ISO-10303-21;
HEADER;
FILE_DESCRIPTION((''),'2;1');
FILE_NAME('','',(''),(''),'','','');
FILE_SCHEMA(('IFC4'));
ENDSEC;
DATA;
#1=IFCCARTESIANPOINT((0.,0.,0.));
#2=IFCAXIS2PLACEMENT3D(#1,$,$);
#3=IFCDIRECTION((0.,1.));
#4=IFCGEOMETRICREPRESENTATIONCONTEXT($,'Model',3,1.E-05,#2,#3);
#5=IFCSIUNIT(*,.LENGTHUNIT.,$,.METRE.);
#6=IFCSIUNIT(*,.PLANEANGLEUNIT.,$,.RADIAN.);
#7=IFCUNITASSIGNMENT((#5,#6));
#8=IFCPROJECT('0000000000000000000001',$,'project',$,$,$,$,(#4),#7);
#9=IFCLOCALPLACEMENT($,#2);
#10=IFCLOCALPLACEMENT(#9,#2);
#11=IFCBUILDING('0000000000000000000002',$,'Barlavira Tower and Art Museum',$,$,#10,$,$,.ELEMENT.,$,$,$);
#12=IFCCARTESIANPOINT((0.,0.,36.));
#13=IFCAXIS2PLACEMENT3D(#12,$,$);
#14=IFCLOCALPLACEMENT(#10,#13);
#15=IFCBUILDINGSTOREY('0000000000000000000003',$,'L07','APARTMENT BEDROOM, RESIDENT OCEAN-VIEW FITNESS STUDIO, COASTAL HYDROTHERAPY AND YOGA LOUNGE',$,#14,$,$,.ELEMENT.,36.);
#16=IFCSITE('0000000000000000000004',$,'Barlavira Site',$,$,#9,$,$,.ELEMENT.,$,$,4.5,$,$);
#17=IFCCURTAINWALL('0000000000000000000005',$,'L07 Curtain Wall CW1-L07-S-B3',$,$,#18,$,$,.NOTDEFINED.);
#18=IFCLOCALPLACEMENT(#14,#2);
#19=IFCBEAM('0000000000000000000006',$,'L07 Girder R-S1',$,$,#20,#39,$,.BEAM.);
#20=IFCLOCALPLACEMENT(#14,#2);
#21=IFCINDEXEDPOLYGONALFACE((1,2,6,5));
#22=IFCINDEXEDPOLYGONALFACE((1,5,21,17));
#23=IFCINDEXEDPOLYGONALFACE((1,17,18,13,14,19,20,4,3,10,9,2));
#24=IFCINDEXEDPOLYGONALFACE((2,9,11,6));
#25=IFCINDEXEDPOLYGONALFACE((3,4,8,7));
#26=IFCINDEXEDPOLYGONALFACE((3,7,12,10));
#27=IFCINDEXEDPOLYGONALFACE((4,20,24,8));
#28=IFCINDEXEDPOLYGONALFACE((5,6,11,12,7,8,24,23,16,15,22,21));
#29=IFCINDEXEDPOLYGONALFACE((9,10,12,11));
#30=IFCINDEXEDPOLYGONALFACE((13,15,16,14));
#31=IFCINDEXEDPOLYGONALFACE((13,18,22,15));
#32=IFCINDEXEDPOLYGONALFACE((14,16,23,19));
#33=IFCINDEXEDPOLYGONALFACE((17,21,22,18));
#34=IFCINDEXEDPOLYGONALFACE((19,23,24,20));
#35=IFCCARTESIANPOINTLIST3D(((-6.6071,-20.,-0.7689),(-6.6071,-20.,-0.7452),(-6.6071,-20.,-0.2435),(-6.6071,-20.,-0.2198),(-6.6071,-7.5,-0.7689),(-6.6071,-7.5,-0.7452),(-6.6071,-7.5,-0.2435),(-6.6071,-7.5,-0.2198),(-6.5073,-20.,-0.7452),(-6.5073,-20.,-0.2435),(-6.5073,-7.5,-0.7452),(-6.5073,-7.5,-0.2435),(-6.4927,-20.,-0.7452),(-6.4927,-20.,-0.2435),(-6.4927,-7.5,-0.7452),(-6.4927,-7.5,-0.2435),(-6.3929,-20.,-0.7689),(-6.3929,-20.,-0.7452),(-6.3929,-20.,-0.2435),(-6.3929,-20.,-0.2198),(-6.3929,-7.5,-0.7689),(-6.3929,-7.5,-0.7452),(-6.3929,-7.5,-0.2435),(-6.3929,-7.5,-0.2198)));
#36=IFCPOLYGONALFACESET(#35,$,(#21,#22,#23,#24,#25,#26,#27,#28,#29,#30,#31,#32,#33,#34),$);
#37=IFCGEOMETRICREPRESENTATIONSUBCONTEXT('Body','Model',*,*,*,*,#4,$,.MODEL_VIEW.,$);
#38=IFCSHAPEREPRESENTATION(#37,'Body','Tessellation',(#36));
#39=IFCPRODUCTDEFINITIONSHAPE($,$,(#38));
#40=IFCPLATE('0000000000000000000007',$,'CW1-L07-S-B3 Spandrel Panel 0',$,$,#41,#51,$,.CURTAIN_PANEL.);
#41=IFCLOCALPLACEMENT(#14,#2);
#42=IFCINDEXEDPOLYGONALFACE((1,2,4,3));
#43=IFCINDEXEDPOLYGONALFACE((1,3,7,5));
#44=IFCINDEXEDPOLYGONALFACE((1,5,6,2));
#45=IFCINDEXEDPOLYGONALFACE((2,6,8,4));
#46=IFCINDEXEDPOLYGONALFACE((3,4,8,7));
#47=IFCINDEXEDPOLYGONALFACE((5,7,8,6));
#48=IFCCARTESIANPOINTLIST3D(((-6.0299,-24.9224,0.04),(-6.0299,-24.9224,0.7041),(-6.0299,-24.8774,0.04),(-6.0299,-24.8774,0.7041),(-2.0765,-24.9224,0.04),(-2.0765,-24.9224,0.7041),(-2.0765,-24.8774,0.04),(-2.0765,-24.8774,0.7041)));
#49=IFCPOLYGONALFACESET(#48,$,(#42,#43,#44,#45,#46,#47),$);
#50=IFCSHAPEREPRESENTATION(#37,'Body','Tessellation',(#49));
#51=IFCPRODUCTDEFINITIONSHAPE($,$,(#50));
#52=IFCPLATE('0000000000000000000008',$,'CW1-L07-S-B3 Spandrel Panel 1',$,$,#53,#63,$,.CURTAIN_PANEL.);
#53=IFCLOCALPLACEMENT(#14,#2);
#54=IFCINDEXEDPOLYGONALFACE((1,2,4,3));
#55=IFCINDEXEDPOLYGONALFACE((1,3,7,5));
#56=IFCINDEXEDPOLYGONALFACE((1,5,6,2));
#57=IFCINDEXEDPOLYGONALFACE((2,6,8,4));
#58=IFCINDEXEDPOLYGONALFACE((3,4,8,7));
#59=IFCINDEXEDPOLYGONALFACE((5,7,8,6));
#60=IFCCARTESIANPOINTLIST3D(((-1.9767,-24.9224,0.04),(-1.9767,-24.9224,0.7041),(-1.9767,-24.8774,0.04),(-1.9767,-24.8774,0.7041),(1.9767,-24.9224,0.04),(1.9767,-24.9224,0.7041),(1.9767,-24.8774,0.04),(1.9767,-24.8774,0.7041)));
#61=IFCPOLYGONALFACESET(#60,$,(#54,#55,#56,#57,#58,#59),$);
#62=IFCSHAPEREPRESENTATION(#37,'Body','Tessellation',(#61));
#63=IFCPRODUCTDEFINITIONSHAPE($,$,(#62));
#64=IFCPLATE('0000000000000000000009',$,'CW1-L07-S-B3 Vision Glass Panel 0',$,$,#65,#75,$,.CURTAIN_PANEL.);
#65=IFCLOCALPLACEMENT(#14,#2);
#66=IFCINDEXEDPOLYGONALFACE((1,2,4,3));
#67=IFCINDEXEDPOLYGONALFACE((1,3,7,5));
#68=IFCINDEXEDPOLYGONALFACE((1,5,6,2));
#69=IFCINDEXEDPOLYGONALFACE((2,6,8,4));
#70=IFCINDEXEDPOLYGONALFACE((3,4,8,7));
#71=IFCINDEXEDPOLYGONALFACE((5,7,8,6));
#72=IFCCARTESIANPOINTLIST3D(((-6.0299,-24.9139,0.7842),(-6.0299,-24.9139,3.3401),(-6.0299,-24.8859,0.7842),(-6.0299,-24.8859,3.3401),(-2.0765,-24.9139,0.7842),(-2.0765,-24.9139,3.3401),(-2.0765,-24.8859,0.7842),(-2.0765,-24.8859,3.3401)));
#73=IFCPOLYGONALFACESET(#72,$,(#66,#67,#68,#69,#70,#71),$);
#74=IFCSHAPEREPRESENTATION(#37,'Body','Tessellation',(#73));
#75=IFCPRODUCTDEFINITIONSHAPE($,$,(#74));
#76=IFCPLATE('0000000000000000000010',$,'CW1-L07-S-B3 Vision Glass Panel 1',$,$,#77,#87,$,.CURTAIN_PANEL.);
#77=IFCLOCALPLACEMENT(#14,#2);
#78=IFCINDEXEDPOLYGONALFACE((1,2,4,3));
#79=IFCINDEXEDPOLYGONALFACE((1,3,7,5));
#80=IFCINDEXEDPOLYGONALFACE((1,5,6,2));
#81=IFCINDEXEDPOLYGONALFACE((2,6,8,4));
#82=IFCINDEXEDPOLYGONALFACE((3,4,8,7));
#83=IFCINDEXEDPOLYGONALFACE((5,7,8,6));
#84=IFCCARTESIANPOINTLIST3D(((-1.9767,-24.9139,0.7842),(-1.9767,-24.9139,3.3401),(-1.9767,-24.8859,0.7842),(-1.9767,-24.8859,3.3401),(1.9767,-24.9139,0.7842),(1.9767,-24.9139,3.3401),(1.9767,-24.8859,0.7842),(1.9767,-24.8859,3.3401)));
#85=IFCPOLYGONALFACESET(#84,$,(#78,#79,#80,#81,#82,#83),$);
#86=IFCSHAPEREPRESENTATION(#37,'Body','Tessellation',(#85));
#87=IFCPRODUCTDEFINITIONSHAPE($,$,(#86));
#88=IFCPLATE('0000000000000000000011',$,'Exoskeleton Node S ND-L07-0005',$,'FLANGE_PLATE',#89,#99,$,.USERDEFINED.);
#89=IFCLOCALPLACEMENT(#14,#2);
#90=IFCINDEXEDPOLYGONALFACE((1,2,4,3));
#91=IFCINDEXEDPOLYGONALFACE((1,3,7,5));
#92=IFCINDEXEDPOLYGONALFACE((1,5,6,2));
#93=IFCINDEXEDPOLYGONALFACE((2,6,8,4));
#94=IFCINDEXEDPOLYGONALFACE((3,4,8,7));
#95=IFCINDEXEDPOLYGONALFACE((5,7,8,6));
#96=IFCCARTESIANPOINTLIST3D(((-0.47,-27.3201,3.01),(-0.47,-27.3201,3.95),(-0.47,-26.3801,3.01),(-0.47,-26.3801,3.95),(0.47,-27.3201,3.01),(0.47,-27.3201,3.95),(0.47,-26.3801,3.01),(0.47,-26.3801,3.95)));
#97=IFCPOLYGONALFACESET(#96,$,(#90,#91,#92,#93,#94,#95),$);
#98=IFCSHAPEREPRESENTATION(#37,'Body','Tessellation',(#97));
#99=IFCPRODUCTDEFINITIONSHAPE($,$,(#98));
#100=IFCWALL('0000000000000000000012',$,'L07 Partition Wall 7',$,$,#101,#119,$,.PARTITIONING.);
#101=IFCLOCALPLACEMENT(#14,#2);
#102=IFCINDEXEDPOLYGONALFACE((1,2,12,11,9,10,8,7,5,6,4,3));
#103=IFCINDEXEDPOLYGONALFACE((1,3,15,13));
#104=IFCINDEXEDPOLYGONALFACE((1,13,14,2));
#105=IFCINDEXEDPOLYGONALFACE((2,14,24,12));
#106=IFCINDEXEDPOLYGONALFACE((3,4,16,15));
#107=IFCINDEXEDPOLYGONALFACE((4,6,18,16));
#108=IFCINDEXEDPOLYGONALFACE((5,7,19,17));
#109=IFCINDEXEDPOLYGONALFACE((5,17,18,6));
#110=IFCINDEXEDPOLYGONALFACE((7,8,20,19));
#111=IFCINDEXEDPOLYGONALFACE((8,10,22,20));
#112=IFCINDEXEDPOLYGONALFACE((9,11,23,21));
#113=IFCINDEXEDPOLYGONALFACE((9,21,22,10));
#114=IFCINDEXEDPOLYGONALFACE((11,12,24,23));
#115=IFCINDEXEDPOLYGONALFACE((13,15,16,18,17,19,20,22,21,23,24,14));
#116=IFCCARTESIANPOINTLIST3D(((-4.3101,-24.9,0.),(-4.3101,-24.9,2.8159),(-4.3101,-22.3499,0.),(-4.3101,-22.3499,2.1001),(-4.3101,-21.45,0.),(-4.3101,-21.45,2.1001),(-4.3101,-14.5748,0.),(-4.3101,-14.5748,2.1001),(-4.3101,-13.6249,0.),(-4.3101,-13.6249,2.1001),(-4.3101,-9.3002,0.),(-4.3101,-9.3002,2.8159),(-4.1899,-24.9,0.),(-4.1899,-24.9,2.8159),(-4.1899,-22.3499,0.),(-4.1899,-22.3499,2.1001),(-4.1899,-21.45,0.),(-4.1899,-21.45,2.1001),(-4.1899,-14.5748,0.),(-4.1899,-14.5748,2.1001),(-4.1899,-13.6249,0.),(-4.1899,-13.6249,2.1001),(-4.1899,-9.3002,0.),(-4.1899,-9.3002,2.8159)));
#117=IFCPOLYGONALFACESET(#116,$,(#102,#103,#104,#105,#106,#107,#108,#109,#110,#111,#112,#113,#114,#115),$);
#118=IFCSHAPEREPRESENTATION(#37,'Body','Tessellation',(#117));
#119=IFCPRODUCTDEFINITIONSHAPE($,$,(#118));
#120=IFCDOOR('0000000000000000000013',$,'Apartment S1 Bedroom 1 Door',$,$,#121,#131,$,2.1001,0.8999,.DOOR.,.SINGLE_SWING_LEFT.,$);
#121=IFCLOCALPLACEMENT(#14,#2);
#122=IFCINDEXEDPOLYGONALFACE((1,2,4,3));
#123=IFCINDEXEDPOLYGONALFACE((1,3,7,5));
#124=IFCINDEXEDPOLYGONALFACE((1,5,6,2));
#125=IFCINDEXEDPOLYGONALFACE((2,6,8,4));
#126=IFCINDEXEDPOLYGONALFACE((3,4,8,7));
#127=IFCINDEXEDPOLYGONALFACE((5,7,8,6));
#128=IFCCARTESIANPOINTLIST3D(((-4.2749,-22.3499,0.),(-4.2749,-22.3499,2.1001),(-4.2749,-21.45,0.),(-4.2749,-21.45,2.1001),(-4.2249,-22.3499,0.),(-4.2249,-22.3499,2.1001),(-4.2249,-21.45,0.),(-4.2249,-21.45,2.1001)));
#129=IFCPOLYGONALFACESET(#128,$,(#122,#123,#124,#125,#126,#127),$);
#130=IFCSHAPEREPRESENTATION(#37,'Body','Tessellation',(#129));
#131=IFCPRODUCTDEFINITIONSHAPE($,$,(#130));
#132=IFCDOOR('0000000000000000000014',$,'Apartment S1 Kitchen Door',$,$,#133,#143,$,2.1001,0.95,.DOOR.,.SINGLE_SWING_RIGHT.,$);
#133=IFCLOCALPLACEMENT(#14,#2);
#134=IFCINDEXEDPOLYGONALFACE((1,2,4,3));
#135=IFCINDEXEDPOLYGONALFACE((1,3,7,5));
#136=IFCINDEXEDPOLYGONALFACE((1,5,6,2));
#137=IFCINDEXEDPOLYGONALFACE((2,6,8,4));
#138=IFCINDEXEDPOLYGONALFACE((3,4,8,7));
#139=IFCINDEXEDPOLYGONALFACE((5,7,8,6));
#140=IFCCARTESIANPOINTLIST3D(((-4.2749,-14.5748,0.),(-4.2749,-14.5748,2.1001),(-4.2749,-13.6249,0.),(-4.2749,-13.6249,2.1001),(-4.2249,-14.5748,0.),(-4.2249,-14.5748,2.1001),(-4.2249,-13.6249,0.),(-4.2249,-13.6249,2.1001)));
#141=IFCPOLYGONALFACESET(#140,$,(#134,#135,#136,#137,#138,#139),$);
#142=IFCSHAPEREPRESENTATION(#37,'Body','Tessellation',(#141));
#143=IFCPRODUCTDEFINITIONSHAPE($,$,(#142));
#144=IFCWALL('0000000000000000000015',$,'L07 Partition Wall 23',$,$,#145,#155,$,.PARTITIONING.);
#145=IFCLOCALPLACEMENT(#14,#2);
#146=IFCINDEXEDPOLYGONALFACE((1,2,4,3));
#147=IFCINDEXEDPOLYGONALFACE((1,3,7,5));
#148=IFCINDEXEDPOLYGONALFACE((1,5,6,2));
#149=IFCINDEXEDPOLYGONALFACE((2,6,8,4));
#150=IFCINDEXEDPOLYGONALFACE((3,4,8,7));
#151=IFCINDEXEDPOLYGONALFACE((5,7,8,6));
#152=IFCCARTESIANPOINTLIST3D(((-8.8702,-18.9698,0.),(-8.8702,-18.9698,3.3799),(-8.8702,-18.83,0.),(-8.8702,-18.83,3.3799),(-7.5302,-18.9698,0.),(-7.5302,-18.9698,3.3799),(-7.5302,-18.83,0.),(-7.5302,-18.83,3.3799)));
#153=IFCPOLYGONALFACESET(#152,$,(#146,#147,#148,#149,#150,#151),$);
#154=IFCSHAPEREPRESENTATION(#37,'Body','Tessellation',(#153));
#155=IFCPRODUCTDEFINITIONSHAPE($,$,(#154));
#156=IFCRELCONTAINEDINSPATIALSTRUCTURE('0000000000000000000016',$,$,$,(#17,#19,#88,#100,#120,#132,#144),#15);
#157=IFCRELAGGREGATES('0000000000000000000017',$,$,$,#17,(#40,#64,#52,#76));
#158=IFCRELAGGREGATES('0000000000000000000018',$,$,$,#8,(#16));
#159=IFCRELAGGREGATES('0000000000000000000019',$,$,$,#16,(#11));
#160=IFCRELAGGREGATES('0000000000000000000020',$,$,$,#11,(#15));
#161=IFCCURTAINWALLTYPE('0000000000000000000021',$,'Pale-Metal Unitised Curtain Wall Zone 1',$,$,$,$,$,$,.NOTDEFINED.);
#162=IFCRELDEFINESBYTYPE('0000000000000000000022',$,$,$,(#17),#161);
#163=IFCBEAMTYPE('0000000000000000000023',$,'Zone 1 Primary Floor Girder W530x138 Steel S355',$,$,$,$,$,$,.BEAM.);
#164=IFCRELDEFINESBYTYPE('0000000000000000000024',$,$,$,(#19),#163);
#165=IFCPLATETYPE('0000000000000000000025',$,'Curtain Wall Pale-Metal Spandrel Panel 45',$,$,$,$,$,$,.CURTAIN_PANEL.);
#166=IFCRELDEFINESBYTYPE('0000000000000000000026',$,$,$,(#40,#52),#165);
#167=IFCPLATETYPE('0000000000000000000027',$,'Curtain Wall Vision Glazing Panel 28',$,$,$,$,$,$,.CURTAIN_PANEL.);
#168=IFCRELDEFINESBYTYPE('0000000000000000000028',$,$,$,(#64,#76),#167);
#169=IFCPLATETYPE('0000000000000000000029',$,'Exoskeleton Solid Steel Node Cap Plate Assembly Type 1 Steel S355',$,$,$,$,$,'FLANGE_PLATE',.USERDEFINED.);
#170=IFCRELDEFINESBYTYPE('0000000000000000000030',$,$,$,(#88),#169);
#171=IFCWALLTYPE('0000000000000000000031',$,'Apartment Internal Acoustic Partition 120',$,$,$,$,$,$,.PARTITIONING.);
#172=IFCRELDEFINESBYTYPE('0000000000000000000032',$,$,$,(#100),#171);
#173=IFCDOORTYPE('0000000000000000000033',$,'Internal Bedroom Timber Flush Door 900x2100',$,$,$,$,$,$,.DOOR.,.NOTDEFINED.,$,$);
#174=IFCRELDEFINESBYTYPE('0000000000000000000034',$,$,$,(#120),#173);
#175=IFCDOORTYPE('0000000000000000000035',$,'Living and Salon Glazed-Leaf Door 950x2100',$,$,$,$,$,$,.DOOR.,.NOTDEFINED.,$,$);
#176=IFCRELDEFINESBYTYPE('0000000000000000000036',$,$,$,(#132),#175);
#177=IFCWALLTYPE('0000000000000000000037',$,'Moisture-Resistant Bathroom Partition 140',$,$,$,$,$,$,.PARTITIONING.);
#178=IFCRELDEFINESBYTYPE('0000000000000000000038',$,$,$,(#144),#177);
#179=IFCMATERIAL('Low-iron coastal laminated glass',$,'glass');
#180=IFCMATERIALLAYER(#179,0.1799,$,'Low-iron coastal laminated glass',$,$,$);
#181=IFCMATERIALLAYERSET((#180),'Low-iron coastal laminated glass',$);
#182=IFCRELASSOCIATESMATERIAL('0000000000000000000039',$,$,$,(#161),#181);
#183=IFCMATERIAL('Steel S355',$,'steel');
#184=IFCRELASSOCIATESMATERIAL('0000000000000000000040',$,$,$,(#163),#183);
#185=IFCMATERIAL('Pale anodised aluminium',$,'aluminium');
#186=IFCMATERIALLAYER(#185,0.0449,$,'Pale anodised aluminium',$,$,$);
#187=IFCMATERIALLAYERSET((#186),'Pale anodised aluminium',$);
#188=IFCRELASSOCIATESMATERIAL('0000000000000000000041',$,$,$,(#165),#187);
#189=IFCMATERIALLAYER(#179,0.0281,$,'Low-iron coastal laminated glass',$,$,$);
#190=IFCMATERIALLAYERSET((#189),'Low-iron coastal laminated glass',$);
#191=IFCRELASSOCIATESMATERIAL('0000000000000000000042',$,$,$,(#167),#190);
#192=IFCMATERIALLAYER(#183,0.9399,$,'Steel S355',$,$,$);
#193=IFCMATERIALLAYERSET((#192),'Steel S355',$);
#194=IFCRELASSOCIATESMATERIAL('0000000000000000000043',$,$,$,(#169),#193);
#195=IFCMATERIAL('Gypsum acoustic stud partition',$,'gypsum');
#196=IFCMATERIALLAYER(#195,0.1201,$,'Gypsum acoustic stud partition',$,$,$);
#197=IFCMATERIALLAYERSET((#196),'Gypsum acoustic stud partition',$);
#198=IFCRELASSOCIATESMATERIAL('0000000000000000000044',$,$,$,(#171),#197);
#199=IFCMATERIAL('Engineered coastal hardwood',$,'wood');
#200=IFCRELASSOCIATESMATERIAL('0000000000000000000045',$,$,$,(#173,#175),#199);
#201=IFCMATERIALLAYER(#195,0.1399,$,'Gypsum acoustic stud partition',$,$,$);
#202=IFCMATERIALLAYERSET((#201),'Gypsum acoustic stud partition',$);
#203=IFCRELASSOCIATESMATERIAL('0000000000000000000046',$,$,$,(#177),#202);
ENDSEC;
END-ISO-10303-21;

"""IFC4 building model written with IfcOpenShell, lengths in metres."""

from ifc_helpers import new_model, si_unit, direction, frame, frame_2d, origin, origin_2d, place, context, subcontext, project, spatial, rectangle, i_section, extrude, material, layer, layer_set, material_profile, profile_set, type_object, element, fill, aggregate, save


model = new_model("IFC4")

# Units and contexts
model_context = context("Model", 3, precision=1e-05, world=origin(), true_north=direction((0.0, 1.0)))
body_context = subcontext(model_context, "Body", "Model", "MODEL_VIEW")
ifc_project = project(units=[si_unit("LENGTHUNIT", "METRE"), si_unit("PLANEANGLEUNIT", "RADIAN")], contexts=[model_context])

# Site, building, storey
site_placement = place(None, origin())
site = spatial("IfcSite", under=ifc_project, at=site_placement, Name="Barlavira Site", CompositionType="ELEMENT", RefElevation=4.5)
building_placement = place(site_placement, origin())
building = spatial("IfcBuilding", under=site, at=building_placement, Name="Barlavira Tower and Art Museum", CompositionType="ELEMENT")
storey_placement = place(building_placement, frame((0.0, 0.0, 36.0)))
storey = spatial("IfcBuildingStorey", under=building, at=storey_placement, Name="L07", Description="APARTMENT BEDROOM, RESIDENT OCEAN-VIEW FITNESS STUDIO, COASTAL HYDROTHERAPY AND YOGA LOUNGE", CompositionType="ELEMENT", Elevation=36.0)

# Curtain wall
ifc_material_1 = material(Name="Low-iron coastal laminated glass", Category="glass")
ifc_layer_1 = layer(ifc_material_1, 0.1799, Name="Low-iron coastal laminated glass")
ifc_layer_set_1 = layer_set([ifc_layer_1], Name="Low-iron coastal laminated glass")
curtain_wall_type = type_object("IfcCurtainWallType", Name="Pale-Metal Unitised Curtain Wall Zone 1", PredefinedType="NOTDEFINED", material=ifc_layer_set_1)
curtain_wall_placement = place(storey_placement, origin())
curtain_wall = element("IfcCurtainWall", 1, at=curtain_wall_placement, inside=storey, type_object=curtain_wall_type, Name="L07 Curtain Wall CW1-L07-S-B3", PredefinedType="NOTDEFINED")
ifc_material_2 = material(Name="Pale anodised aluminium", Category="aluminium")

# Shared definitions
ifc_material_3 = material(Name="Steel S355", Category="steel")

# Beam
ifc_material_profile_1 = material_profile(ifc_material_3, i_section(OverallWidth=0.2141, OverallDepth=0.5491, WebThickness=0.0146, FlangeThickness=0.0237, at=origin_2d()), Name="W530x138.0")
ifc_profile_set_1 = profile_set([ifc_material_profile_1], Name="Steel S355")
beam_type_1 = type_object("IfcBeamType", Name="Zone 1 Primary Floor Girder W530x138 Steel S355", PredefinedType="BEAM", material=ifc_profile_set_1)
beam_1_placement = place(storey_placement, frame((-6.5, -20.0, -0.4944), z_axis=(0.0, 1.0, 0.0), x_axis=(-1.0, 0.0, 0.0)))
element("IfcBeam", 2, at=beam_1_placement, inside=storey, type_object=beam_type_1, Name="L07 Girder R-S1", PredefinedType="BEAM", context=body_context, shape_type="SweptSolid", body=[
    extrude(i_section(OverallWidth=0.2141, OverallDepth=0.5491, WebThickness=0.0146, FlangeThickness=0.0237, at=origin_2d()), origin(), (0.0, 0.0, 1.0), 12.5),
])

# Plates
ifc_layer_2 = layer(ifc_material_2, 0.0449, Name="Pale anodised aluminium")
ifc_layer_set_2 = layer_set([ifc_layer_2], Name="Pale anodised aluminium")
plate_type_1 = type_object("IfcPlateType", Name="Curtain Wall Pale-Metal Spandrel Panel 45", PredefinedType="CURTAIN_PANEL", material=ifc_layer_set_2)
plate_1_placement = place(storey_placement, frame((-4.0532, -24.8999, 0.04), z_axis=(0.0, 0.0, 1.0), x_axis=(1.0, 0.0, 0.0)))
plate_1 = element("IfcPlate", 3, at=plate_1_placement, type_object=plate_type_1, Name="CW1-L07-S-B3 Spandrel Panel 0", PredefinedType="CURTAIN_PANEL", context=body_context, shape_type="SweptSolid", body=[
    extrude(rectangle(XDim=3.9534, YDim=0.0449, at=origin_2d()), origin(), (0.0, 0.0, 1.0), 0.6641),
])
plate_2_placement = place(storey_placement, frame((0.0, -24.8999, 0.04), z_axis=(0.0, 0.0, 1.0), x_axis=(1.0, 0.0, 0.0)))
plate_2 = element("IfcPlate", 4, at=plate_2_placement, type_object=plate_type_1, Name="CW1-L07-S-B3 Spandrel Panel 1", PredefinedType="CURTAIN_PANEL", context=body_context, shape_type="SweptSolid", body=[
    extrude(rectangle(XDim=3.9534, YDim=0.0449, at=origin_2d()), origin(), (0.0, 0.0, 1.0), 0.6641),
])
ifc_layer_3 = layer(ifc_material_1, 0.0281, Name="Low-iron coastal laminated glass")
ifc_layer_set_3 = layer_set([ifc_layer_3], Name="Low-iron coastal laminated glass")
plate_type_2 = type_object("IfcPlateType", Name="Curtain Wall Vision Glazing Panel 28", PredefinedType="CURTAIN_PANEL", material=ifc_layer_set_3)
plate_3_placement = place(storey_placement, frame((-4.0532, -24.8999, 0.7842), z_axis=(0.0, 0.0, 1.0), x_axis=(1.0, 0.0, 0.0)))
plate_3 = element("IfcPlate", 5, at=plate_3_placement, type_object=plate_type_2, Name="CW1-L07-S-B3 Vision Glass Panel 0", PredefinedType="CURTAIN_PANEL", context=body_context, shape_type="SweptSolid", body=[
    extrude(rectangle(XDim=3.9534, YDim=0.0281, at=origin_2d()), origin(), (0.0, 0.0, 1.0), 2.5559),
])
plate_4_placement = place(storey_placement, frame((0.0, -24.8999, 0.7842), z_axis=(0.0, 0.0, 1.0), x_axis=(1.0, 0.0, 0.0)))
plate_4 = element("IfcPlate", 6, at=plate_4_placement, type_object=plate_type_2, Name="CW1-L07-S-B3 Vision Glass Panel 1", PredefinedType="CURTAIN_PANEL", context=body_context, shape_type="SweptSolid", body=[
    extrude(rectangle(XDim=3.9534, YDim=0.0281, at=origin_2d()), origin(), (0.0, 0.0, 1.0), 2.5559),
])
aggregate(curtain_wall, [plate_1, plate_3, plate_2, plate_4])
ifc_layer_4 = layer(ifc_material_3, 0.9399, Name="Steel S355")
ifc_layer_set_4 = layer_set([ifc_layer_4], Name="Steel S355")
plate_type_3 = type_object("IfcPlateType", Name="Exoskeleton Solid Steel Node Cap Plate Assembly Type 1 Steel S355", ElementType="FLANGE_PLATE", PredefinedType="USERDEFINED", material=ifc_layer_set_4)
plate_5_placement = place(storey_placement, frame((0.0, -26.8501, 3.01), z_axis=(0.0, 0.0, 1.0), x_axis=(1.0, 0.0, 0.0)))
element("IfcPlate", 7, at=plate_5_placement, inside=storey, type_object=plate_type_3, Name="Exoskeleton Node S ND-L07-0005", ObjectType="FLANGE_PLATE", PredefinedType="USERDEFINED", context=body_context, shape_type="SweptSolid", body=[
    extrude(rectangle(XDim=0.9399, YDim=0.9399, at=origin_2d()), origin(), (0.0, 0.0, 1.0), 0.9399),
])

# Wall, openings, doors
ifc_material_4 = material(Name="Gypsum acoustic stud partition", Category="gypsum")
ifc_layer_5 = layer(ifc_material_4, 0.1201, Name="Gypsum acoustic stud partition")
ifc_layer_set_5 = layer_set([ifc_layer_5], Name="Gypsum acoustic stud partition")
wall_type_1 = type_object("IfcWallType", Name="Apartment Internal Acoustic Partition 120", PredefinedType="PARTITIONING", material=ifc_layer_set_5)
wall_1_placement = place(storey_placement, frame((-4.25, -24.8999, 0.0), z_axis=(0.0, 0.0, 1.0), x_axis=(0.0, 1.0, 0.0)))
wall_1 = element("IfcWall", 8, at=wall_1_placement, inside=storey, type_object=wall_type_1, Name="L07 Partition Wall 7", PredefinedType="PARTITIONING", context=body_context, shape_type="SweptSolid", body=[
    extrude(rectangle(XDim=15.5999, YDim=0.1201, at=frame_2d((7.7998, 0.0))), origin(), (0.0, 0.0, 1.0), 2.8159),
])
opening_1_placement = place(wall_1_placement, frame((10.325, 0.0, 0.0)))
opening_1 = element("IfcOpeningElement", 9, at=opening_1_placement, cuts=wall_1, PredefinedType="OPENING", context=body_context, shape_type="SweptSolid", body=[
    extrude(rectangle(XDim=0.95, YDim=2.1001, at=frame_2d((0.4751, 1.05))), frame((0.0, 0.0701, 0.0), z_axis=(0.0, -1.0, 0.0), x_axis=(1.0, 0.0, 0.0)), (0.0, 0.0, 1.0), 0.1401),
])
opening_2_placement = place(wall_1_placement, frame((2.55, 0.0, 0.0)))
opening_2 = element("IfcOpeningElement", 10, at=opening_2_placement, cuts=wall_1, PredefinedType="OPENING", context=body_context, shape_type="SweptSolid", body=[
    extrude(rectangle(XDim=0.8999, YDim=2.1001, at=frame_2d((0.45, 1.05))), frame((0.0, 0.0701, 0.0), z_axis=(0.0, -1.0, 0.0), x_axis=(1.0, 0.0, 0.0)), (0.0, 0.0, 1.0), 0.1401),
])
ifc_material_5 = material(Name="Engineered coastal hardwood", Category="wood")
door_type_1 = type_object("IfcDoorType", Name="Internal Bedroom Timber Flush Door 900x2100", OperationType="NOTDEFINED", PredefinedType="DOOR", material=ifc_material_5)
door_1_placement = place(opening_2_placement, origin())
door_1 = element("IfcDoor", 11, at=door_1_placement, inside=storey, type_object=door_type_1, Name="Apartment S1 Bedroom 1 Door", OperationType="SINGLE_SWING_LEFT", OverallHeight=2.1001, OverallWidth=0.8999, PredefinedType="DOOR", context=body_context, shape_type="SweptSolid", body=[
    extrude(rectangle(XDim=0.8999, YDim=2.1001, at=frame_2d((0.45, 1.05))), frame((0.0, 0.0249, 0.0), z_axis=(0.0, -1.0, 0.0), x_axis=(1.0, 0.0, 0.0)), (0.0, 0.0, 1.0), 0.05),
])
fill(opening_2, door_1)
door_type_2 = type_object("IfcDoorType", Name="Living and Salon Glazed-Leaf Door 950x2100", OperationType="NOTDEFINED", PredefinedType="DOOR", material=ifc_material_5)
door_2_placement = place(opening_1_placement, origin())
door_2 = element("IfcDoor", 12, at=door_2_placement, inside=storey, type_object=door_type_2, Name="Apartment S1 Kitchen Door", OperationType="SINGLE_SWING_RIGHT", OverallHeight=2.1001, OverallWidth=0.95, PredefinedType="DOOR", context=body_context, shape_type="SweptSolid", body=[
    extrude(rectangle(XDim=0.95, YDim=2.1001, at=frame_2d((0.4751, 1.05))), frame((0.0, 0.0249, 0.0), z_axis=(0.0, -1.0, 0.0), x_axis=(1.0, 0.0, 0.0)), (0.0, 0.0, 1.0), 0.05),
])
fill(opening_1, door_2)

# Wall
ifc_layer_6 = layer(ifc_material_4, 0.1399, Name="Gypsum acoustic stud partition")
ifc_layer_set_6 = layer_set([ifc_layer_6], Name="Gypsum acoustic stud partition")
wall_type_2 = type_object("IfcWallType", Name="Moisture-Resistant Bathroom Partition 140", PredefinedType="PARTITIONING", material=ifc_layer_set_6)
wall_2_placement = place(storey_placement, frame((-8.8701, -18.8999, 0.0), z_axis=(0.0, 0.0, 1.0), x_axis=(1.0, 0.0, 0.0)))
element("IfcWall", 13, at=wall_2_placement, inside=storey, type_object=wall_type_2, Name="L07 Partition Wall 23", PredefinedType="PARTITIONING", context=body_context, shape_type="SweptSolid", body=[
    extrude(rectangle(XDim=1.3401, YDim=0.1399, at=frame_2d((0.6699, 0.0))), origin(), (0.0, 0.0, 1.0), 3.3799),
])

save(model, "model.ifc")
